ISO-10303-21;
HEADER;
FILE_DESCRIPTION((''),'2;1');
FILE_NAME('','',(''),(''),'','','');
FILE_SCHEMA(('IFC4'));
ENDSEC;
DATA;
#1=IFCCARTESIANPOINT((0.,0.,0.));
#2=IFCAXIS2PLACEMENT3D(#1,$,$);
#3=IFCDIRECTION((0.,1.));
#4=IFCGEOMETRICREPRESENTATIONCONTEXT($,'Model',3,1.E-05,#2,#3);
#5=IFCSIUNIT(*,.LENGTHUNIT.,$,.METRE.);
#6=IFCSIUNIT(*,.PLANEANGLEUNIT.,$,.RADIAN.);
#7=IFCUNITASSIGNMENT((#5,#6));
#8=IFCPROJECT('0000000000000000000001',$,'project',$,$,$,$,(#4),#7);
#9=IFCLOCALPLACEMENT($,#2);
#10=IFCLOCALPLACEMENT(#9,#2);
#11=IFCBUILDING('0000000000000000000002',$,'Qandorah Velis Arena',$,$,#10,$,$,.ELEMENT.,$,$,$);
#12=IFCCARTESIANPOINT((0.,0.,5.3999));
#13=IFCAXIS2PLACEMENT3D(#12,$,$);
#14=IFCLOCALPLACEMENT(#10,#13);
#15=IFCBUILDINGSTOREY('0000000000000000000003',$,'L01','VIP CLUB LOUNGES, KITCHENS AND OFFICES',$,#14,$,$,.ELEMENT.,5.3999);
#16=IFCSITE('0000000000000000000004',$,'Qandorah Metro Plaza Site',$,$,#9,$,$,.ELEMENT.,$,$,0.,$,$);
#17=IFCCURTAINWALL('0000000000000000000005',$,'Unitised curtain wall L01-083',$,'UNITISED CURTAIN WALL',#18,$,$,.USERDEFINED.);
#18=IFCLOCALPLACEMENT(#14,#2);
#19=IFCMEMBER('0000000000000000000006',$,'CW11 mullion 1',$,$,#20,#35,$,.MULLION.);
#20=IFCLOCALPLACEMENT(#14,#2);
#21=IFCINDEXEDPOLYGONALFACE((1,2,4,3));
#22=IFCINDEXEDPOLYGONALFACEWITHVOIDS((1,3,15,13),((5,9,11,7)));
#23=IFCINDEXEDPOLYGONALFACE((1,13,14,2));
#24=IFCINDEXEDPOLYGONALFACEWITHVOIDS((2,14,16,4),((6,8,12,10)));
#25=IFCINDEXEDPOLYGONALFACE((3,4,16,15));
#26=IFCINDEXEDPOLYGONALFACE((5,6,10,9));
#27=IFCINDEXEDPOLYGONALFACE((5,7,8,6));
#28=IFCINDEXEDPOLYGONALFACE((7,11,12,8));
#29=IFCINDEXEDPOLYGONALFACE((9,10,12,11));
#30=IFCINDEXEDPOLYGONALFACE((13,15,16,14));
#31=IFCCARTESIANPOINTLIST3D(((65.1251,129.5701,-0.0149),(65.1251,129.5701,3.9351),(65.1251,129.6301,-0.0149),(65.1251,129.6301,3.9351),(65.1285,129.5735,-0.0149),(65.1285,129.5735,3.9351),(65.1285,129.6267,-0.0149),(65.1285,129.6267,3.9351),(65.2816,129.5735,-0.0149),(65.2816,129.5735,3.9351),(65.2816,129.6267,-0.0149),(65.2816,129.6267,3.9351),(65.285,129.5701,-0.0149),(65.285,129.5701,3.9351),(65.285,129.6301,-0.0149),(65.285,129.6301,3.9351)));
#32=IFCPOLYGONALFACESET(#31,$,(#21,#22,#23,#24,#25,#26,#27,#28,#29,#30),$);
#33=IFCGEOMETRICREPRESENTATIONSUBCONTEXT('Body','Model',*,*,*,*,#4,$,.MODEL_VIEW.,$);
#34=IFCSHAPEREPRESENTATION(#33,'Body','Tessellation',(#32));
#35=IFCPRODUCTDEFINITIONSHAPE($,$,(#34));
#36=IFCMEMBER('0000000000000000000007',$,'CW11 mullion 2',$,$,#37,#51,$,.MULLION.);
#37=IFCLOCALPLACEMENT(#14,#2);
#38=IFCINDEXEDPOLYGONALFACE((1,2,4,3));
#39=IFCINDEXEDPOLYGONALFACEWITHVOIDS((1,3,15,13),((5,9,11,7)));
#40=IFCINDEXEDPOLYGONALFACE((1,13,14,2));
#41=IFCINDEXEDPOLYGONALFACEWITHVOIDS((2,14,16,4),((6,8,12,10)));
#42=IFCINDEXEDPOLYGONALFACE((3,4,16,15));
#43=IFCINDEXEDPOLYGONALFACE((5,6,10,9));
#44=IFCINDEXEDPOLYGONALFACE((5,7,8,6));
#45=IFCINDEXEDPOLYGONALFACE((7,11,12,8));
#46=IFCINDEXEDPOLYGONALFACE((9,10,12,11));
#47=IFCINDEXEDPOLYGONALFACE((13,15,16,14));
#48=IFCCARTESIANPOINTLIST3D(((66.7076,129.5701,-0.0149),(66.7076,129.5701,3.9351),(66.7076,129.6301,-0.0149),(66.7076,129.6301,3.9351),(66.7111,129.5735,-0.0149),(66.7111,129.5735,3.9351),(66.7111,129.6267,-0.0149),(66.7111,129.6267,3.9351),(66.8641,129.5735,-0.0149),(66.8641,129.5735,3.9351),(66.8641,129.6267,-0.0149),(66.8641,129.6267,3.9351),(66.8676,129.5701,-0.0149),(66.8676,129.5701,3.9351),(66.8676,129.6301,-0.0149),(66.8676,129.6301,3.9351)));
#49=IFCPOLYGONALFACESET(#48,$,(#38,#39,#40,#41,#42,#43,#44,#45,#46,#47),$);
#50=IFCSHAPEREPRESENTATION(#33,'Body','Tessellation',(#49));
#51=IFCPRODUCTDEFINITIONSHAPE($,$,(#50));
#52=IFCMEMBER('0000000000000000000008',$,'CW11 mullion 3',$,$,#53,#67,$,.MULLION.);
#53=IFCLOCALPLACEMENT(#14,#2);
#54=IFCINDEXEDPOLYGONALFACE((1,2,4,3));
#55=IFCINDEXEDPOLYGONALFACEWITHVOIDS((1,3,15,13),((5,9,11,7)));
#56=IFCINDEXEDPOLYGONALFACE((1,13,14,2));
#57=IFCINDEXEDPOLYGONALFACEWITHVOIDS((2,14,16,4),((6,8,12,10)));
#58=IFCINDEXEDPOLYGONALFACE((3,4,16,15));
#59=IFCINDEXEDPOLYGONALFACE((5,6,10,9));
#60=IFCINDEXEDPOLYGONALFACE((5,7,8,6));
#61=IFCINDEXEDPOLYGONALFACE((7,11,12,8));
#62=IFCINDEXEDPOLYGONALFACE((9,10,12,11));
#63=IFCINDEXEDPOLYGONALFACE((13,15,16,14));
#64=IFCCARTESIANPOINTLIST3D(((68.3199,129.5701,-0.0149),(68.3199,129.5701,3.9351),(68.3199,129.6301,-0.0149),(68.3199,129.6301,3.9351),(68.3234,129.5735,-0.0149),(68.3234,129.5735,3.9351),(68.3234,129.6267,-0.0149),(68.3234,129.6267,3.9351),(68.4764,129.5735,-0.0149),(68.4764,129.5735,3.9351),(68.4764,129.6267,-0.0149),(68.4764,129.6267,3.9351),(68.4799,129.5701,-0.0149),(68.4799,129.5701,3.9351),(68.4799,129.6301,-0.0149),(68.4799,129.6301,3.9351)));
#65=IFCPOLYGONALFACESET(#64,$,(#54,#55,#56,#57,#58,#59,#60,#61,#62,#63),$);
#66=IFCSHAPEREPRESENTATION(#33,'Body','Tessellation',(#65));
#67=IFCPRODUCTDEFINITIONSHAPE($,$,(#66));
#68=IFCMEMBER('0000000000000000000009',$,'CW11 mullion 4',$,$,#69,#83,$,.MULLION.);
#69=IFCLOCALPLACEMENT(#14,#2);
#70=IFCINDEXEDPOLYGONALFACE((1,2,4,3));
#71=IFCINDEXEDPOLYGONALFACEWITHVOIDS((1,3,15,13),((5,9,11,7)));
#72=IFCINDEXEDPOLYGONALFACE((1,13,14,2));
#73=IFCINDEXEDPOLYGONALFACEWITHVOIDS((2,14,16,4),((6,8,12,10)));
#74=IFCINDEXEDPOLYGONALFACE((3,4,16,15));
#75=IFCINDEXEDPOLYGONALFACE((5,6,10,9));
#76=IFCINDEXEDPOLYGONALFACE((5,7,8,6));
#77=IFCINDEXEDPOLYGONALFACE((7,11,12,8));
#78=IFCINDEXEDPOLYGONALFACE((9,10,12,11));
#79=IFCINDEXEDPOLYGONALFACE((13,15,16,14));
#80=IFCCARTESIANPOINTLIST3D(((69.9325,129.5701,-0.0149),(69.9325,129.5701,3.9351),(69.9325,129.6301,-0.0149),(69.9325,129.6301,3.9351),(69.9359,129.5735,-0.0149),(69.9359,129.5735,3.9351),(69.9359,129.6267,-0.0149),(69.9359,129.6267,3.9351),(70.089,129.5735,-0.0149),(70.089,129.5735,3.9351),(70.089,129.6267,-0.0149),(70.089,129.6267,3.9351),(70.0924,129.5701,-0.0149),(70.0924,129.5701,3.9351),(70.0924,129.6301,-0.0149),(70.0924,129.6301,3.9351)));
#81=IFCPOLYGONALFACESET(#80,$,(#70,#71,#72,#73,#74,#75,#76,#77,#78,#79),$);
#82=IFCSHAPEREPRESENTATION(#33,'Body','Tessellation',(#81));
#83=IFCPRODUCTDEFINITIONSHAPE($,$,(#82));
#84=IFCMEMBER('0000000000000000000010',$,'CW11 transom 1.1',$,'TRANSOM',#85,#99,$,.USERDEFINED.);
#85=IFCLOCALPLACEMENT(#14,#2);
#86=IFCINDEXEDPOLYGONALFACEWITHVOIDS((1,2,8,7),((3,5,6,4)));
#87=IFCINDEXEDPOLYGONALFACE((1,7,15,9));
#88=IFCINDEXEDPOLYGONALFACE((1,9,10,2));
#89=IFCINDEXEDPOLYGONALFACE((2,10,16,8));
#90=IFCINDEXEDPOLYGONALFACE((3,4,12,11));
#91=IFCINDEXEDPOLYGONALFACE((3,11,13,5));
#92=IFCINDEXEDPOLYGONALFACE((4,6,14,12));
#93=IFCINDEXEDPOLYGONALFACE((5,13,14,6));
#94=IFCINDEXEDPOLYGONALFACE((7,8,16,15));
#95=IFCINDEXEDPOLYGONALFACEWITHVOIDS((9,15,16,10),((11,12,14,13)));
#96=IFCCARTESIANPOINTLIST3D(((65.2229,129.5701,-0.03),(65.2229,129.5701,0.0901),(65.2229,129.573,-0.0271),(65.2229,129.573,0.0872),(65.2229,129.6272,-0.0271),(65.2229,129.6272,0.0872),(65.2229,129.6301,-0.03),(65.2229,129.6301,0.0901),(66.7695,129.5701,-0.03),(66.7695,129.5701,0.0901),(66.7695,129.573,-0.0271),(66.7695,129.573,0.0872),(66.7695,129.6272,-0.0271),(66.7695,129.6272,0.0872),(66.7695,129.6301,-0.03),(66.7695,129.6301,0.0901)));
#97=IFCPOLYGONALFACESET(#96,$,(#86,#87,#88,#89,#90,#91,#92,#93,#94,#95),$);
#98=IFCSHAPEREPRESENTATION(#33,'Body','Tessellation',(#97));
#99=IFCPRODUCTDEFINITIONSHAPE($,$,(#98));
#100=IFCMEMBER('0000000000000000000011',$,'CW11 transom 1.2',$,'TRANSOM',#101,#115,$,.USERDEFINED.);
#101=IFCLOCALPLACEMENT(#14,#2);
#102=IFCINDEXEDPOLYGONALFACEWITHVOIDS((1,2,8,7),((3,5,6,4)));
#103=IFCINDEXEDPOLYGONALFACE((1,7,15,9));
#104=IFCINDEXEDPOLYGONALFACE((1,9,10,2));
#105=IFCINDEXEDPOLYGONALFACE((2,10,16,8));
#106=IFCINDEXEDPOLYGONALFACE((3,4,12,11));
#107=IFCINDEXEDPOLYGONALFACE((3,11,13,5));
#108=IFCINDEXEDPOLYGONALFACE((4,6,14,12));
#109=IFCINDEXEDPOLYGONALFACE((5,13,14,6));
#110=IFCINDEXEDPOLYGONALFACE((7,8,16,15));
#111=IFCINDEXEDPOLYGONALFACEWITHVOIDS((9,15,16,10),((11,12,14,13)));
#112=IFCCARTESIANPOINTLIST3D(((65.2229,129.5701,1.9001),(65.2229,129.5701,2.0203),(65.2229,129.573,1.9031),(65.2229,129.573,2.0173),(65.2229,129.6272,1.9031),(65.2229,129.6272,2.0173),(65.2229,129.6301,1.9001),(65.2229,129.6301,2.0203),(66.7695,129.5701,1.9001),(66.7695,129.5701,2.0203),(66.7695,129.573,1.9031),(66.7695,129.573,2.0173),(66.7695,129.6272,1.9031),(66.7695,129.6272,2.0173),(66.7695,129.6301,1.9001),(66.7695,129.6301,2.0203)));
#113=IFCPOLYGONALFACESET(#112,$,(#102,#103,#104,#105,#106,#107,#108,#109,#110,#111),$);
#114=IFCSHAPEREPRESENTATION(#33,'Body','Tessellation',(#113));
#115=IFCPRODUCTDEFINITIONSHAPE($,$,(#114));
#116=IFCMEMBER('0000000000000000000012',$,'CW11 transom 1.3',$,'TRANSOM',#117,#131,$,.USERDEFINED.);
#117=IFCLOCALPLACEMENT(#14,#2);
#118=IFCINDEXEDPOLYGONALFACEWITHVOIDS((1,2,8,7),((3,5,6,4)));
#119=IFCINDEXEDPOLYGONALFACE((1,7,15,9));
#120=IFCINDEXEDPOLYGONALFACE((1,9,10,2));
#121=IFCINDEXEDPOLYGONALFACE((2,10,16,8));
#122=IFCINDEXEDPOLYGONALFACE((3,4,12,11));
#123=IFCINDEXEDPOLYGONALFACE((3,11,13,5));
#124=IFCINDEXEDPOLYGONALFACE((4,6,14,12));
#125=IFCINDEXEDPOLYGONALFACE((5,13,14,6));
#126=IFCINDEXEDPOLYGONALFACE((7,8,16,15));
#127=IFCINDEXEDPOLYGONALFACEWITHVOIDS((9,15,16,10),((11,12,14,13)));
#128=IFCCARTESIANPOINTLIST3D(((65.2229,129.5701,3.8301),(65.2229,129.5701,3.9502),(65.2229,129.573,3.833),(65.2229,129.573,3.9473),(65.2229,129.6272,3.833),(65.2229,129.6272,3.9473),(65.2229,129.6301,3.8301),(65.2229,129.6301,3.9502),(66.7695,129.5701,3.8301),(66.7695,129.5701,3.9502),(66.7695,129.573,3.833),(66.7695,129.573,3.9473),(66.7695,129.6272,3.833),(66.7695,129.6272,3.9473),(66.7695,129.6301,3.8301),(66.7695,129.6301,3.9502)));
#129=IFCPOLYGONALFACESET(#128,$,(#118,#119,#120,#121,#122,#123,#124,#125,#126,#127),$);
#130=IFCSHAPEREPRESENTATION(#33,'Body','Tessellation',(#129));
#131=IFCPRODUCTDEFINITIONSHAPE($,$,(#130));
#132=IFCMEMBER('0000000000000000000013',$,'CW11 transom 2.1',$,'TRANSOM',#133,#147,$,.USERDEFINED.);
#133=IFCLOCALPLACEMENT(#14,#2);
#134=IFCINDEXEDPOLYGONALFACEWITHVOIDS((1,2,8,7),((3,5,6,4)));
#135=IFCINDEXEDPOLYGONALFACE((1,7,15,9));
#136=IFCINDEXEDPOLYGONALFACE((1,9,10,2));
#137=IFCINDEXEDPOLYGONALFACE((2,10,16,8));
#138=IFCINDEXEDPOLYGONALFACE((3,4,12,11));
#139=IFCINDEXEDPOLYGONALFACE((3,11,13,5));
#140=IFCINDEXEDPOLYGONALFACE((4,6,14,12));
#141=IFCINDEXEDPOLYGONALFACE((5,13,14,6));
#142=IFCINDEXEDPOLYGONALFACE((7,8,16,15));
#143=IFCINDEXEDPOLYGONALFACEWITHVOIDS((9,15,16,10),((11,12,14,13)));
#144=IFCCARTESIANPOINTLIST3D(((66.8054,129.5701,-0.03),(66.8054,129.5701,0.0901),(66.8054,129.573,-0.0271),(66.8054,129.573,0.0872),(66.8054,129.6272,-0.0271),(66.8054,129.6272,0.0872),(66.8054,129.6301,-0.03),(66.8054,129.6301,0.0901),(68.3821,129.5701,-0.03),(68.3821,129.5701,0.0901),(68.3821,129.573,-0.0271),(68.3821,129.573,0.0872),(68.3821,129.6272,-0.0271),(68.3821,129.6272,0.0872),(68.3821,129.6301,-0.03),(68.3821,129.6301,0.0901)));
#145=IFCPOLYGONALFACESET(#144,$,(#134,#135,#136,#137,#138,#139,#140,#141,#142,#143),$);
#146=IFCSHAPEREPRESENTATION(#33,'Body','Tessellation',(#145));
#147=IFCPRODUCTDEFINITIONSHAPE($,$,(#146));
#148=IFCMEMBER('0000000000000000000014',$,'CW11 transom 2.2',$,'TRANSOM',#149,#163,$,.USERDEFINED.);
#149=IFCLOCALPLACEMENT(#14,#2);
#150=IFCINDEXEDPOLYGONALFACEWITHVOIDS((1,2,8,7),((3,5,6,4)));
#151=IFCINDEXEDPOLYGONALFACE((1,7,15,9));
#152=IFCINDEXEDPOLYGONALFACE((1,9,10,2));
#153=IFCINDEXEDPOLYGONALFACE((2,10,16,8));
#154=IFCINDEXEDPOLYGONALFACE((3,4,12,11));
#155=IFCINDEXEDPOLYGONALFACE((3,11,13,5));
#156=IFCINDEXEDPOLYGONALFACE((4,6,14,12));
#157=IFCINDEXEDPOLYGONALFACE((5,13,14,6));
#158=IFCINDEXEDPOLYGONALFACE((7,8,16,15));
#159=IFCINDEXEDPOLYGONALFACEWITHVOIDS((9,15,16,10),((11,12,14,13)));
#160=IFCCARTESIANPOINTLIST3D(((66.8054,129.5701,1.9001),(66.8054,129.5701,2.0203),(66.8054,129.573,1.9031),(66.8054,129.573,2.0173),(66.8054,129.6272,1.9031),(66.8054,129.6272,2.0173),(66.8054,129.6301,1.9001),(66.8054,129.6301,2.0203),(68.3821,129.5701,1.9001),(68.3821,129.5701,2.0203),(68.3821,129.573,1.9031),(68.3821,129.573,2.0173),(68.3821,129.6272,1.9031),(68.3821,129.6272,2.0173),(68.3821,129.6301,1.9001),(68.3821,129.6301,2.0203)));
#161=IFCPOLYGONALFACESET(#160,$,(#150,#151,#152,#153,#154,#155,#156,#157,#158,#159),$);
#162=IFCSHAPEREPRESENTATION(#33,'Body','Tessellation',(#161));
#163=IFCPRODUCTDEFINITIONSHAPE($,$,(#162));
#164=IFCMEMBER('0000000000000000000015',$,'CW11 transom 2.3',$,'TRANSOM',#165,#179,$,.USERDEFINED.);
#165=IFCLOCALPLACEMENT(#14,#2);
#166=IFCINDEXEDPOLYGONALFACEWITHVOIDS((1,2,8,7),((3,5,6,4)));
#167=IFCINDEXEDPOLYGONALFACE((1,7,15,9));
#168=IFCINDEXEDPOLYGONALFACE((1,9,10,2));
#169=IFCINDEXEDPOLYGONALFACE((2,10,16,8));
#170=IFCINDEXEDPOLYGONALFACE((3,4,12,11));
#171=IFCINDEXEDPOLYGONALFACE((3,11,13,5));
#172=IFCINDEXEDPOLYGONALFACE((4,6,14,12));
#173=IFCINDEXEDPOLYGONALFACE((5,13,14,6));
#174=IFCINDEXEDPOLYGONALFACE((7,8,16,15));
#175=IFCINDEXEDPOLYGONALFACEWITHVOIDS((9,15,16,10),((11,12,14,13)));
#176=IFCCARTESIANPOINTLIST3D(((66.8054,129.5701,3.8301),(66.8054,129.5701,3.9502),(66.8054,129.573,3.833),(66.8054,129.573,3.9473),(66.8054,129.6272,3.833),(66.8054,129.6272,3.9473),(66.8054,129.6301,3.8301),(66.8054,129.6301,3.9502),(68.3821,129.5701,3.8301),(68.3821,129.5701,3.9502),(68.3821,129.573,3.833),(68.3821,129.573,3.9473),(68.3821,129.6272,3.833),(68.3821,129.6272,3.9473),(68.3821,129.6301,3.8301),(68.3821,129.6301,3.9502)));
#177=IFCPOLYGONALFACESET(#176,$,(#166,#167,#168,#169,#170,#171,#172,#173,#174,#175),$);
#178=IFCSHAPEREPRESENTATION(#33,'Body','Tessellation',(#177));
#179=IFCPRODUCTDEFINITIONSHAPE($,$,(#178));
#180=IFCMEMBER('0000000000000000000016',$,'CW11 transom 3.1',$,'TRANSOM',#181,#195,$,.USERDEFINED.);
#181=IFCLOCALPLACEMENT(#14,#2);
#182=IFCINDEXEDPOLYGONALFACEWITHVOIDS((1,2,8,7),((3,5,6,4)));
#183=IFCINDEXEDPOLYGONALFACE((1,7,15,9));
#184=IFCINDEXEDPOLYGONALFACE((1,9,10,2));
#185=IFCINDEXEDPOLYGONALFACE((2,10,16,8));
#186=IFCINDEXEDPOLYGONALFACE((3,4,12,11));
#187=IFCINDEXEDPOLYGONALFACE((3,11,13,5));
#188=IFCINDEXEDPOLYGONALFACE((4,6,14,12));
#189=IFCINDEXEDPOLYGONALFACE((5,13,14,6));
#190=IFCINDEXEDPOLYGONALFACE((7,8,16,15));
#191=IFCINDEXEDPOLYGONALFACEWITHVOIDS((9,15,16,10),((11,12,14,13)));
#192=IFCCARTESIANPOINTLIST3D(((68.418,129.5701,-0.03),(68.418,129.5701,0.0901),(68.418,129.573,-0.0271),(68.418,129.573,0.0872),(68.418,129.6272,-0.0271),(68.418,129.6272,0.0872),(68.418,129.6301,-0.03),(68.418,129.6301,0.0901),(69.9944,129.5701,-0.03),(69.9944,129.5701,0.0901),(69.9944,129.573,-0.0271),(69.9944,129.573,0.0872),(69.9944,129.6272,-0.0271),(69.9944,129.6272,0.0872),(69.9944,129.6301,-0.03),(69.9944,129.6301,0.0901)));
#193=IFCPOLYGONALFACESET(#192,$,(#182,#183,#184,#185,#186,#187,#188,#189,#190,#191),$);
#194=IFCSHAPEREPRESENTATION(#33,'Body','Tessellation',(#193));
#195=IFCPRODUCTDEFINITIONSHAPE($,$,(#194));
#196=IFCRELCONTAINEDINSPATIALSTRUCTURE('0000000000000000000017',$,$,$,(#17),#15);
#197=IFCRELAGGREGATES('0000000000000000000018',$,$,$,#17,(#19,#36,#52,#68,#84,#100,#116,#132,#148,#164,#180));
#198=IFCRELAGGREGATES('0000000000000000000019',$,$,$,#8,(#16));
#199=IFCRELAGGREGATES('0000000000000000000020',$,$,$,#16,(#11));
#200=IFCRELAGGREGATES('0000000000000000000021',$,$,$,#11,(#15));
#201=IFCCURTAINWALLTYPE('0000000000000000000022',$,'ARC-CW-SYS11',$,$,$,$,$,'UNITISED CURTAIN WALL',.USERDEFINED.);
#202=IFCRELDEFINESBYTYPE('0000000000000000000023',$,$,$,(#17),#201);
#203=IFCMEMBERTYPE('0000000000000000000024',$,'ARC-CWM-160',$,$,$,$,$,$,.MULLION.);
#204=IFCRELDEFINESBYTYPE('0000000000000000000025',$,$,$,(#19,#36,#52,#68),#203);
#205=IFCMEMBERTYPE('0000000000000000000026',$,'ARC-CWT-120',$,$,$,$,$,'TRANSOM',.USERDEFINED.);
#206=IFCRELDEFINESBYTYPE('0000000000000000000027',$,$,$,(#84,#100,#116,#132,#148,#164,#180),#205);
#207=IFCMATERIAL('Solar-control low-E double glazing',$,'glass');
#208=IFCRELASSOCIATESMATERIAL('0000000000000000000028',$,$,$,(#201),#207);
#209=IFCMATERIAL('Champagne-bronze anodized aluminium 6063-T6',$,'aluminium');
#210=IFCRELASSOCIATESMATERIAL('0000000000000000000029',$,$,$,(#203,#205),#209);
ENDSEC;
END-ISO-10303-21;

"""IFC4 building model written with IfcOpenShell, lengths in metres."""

from ifc_helpers import new_model, si_unit, direction, frame, origin, origin_2d, place, context, subcontext, project, spatial, hollow_rectangle, extrude, material, material_profile, profile_set, type_object, element, aggregate, save


model = new_model("IFC4")

# Units and contexts
model_context = context("Model", 3, precision=1e-05, world=origin(), true_north=direction((0.0, 1.0)))
body_context = subcontext(model_context, "Body", "Model", "MODEL_VIEW")
ifc_project = project(units=[si_unit("LENGTHUNIT", "METRE"), si_unit("PLANEANGLEUNIT", "RADIAN")], contexts=[model_context])

# Site, building, storey
site_placement = place(None, origin())
site = spatial("IfcSite", under=ifc_project, at=site_placement, Name="Qandorah Metro Plaza Site", CompositionType="ELEMENT", RefElevation=0.0)
building_placement = place(site_placement, origin())
building = spatial("IfcBuilding", under=site, at=building_placement, Name="Qandorah Velis Arena", CompositionType="ELEMENT")
storey_placement = place(building_placement, frame((0.0, 0.0, 5.3999)))
storey = spatial("IfcBuildingStorey", under=building, at=storey_placement, Name="L01", Description="VIP CLUB LOUNGES, KITCHENS AND OFFICES", CompositionType="ELEMENT", Elevation=5.3999)

# Curtain wall, members
ifc_material_1 = material(Name="Solar-control low-E double glazing", Category="glass")
curtain_wall_type = type_object("IfcCurtainWallType", Name="ARC-CW-SYS11", ElementType="UNITISED CURTAIN WALL", PredefinedType="USERDEFINED", material=ifc_material_1)
curtain_wall_placement = place(storey_placement, origin())
curtain_wall = element("IfcCurtainWall", 1, at=curtain_wall_placement, inside=storey, type_object=curtain_wall_type, Name="Unitised curtain wall L01-083", ObjectType="UNITISED CURTAIN WALL", PredefinedType="USERDEFINED")
ifc_material_2 = material(Name="Champagne-bronze anodized aluminium 6063-T6", Category="aluminium")
ifc_material_profile_1 = material_profile(ifc_material_2, hollow_rectangle(XDim=0.0601, YDim=0.1599, WallThickness=0.0034, at=origin_2d()), Name="ALU MULLION 60x160")
ifc_profile_set_1 = profile_set([ifc_material_profile_1], Name="Champagne-bronze anodized aluminium 6063-T6")
member_type_1 = type_object("IfcMemberType", Name="ARC-CWM-160", PredefinedType="MULLION", material=ifc_profile_set_1)
member_1_placement = place(storey_placement, frame((65.2051, 129.6001, -0.0149), z_axis=(0.0, 0.0, 1.0), x_axis=(0.0, 1.0, 0.0)))
member_1 = element("IfcMember", 2, at=member_1_placement, type_object=member_type_1, Name="CW11 mullion 1", PredefinedType="MULLION", context=body_context, shape_type="SweptSolid", body=[
    extrude(hollow_rectangle(XDim=0.0601, YDim=0.1599, WallThickness=0.0034, at=origin_2d()), origin(), (0.0, 0.0, 1.0), 3.95),
])
member_2_placement = place(storey_placement, frame((66.7876, 129.6001, -0.0149), z_axis=(0.0, 0.0, 1.0), x_axis=(0.0, 1.0, 0.0)))
member_2 = element("IfcMember", 3, at=member_2_placement, type_object=member_type_1, Name="CW11 mullion 2", PredefinedType="MULLION", context=body_context, shape_type="SweptSolid", body=[
    extrude(hollow_rectangle(XDim=0.0601, YDim=0.1599, WallThickness=0.0034, at=origin_2d()), origin(), (0.0, 0.0, 1.0), 3.95),
])
member_3_placement = place(storey_placement, frame((68.3999, 129.6001, -0.0149), z_axis=(0.0, 0.0, 1.0), x_axis=(0.0, 1.0, 0.0)))
member_3 = element("IfcMember", 4, at=member_3_placement, type_object=member_type_1, Name="CW11 mullion 3", PredefinedType="MULLION", context=body_context, shape_type="SweptSolid", body=[
    extrude(hollow_rectangle(XDim=0.0601, YDim=0.1599, WallThickness=0.0034, at=origin_2d()), origin(), (0.0, 0.0, 1.0), 3.95),
])
member_4_placement = place(storey_placement, frame((70.0125, 129.6001, -0.0149), z_axis=(0.0, 0.0, 1.0), x_axis=(0.0, 1.0, 0.0)))
member_4 = element("IfcMember", 5, at=member_4_placement, type_object=member_type_1, Name="CW11 mullion 4", PredefinedType="MULLION", context=body_context, shape_type="SweptSolid", body=[
    extrude(hollow_rectangle(XDim=0.0601, YDim=0.1599, WallThickness=0.0034, at=origin_2d()), origin(), (0.0, 0.0, 1.0), 3.95),
])
ifc_material_profile_2 = material_profile(ifc_material_2, hollow_rectangle(XDim=0.0601, YDim=0.1201, WallThickness=0.0029, at=origin_2d()), Name="ALU TRANSOM 60x120")
ifc_profile_set_2 = profile_set([ifc_material_profile_2], Name="Champagne-bronze anodized aluminium 6063-T6")
member_type_2 = type_object("IfcMemberType", Name="ARC-CWT-120", ElementType="TRANSOM", PredefinedType="USERDEFINED", material=ifc_profile_set_2)
member_5_placement = place(storey_placement, frame((65.2229, 129.6001, 0.03), z_axis=(1.0, 0.0, 0.0), x_axis=(0.0, 1.0, 0.0)))
member_5 = element("IfcMember", 6, at=member_5_placement, type_object=member_type_2, Name="CW11 transom 1.1", ObjectType="TRANSOM", PredefinedType="USERDEFINED", context=body_context, shape_type="SweptSolid", body=[
    extrude(hollow_rectangle(XDim=0.0601, YDim=0.1201, WallThickness=0.0029, at=origin_2d()), origin(), (0.0, 0.0, 1.0), 1.5466),
])
member_6_placement = place(storey_placement, frame((65.2229, 129.6001, 1.9602), z_axis=(1.0, 0.0, 0.0), x_axis=(0.0, 1.0, 0.0)))
member_6 = element("IfcMember", 7, at=member_6_placement, type_object=member_type_2, Name="CW11 transom 1.2", ObjectType="TRANSOM", PredefinedType="USERDEFINED", context=body_context, shape_type="SweptSolid", body=[
    extrude(hollow_rectangle(XDim=0.0601, YDim=0.1201, WallThickness=0.0029, at=origin_2d()), origin(), (0.0, 0.0, 1.0), 1.5466),
])
member_7_placement = place(storey_placement, frame((65.2229, 129.6001, 3.8901), z_axis=(1.0, 0.0, 0.0), x_axis=(0.0, 1.0, 0.0)))
member_7 = element("IfcMember", 8, at=member_7_placement, type_object=member_type_2, Name="CW11 transom 1.3", ObjectType="TRANSOM", PredefinedType="USERDEFINED", context=body_context, shape_type="SweptSolid", body=[
    extrude(hollow_rectangle(XDim=0.0601, YDim=0.1201, WallThickness=0.0029, at=origin_2d()), origin(), (0.0, 0.0, 1.0), 1.5466),
])
member_8_placement = place(storey_placement, frame((66.8054, 129.6001, 0.03), z_axis=(1.0, 0.0, 0.0), x_axis=(0.0, 1.0, 0.0)))
member_8 = element("IfcMember", 9, at=member_8_placement, type_object=member_type_2, Name="CW11 transom 2.1", ObjectType="TRANSOM", PredefinedType="USERDEFINED", context=body_context, shape_type="SweptSolid", body=[
    extrude(hollow_rectangle(XDim=0.0601, YDim=0.1201, WallThickness=0.0029, at=origin_2d()), origin(), (0.0, 0.0, 1.0), 1.5767),
])
member_9_placement = place(storey_placement, frame((66.8054, 129.6001, 1.9602), z_axis=(1.0, 0.0, 0.0), x_axis=(0.0, 1.0, 0.0)))
member_9 = element("IfcMember", 10, at=member_9_placement, type_object=member_type_2, Name="CW11 transom 2.2", ObjectType="TRANSOM", PredefinedType="USERDEFINED", context=body_context, shape_type="SweptSolid", body=[
    extrude(hollow_rectangle(XDim=0.0601, YDim=0.1201, WallThickness=0.0029, at=origin_2d()), origin(), (0.0, 0.0, 1.0), 1.5767),
])
member_10_placement = place(storey_placement, frame((66.8054, 129.6001, 3.8901), z_axis=(1.0, 0.0, 0.0), x_axis=(0.0, 1.0, 0.0)))
member_10 = element("IfcMember", 11, at=member_10_placement, type_object=member_type_2, Name="CW11 transom 2.3", ObjectType="TRANSOM", PredefinedType="USERDEFINED", context=body_context, shape_type="SweptSolid", body=[
    extrude(hollow_rectangle(XDim=0.0601, YDim=0.1201, WallThickness=0.0029, at=origin_2d()), origin(), (0.0, 0.0, 1.0), 1.5767),
])
member_11_placement = place(storey_placement, frame((68.418, 129.6001, 0.03), z_axis=(1.0, 0.0, 0.0), x_axis=(0.0, 1.0, 0.0)))
member_11 = element("IfcMember", 12, at=member_11_placement, type_object=member_type_2, Name="CW11 transom 3.1", ObjectType="TRANSOM", PredefinedType="USERDEFINED", context=body_context, shape_type="SweptSolid", body=[
    extrude(hollow_rectangle(XDim=0.0601, YDim=0.1201, WallThickness=0.0029, at=origin_2d()), origin(), (0.0, 0.0, 1.0), 1.5764),
])

aggregate(curtain_wall, [member_1, member_2, member_3, member_4, member_5, member_6, member_7, member_8, member_9, member_10, member_11])

save(model, "model.ifc")
